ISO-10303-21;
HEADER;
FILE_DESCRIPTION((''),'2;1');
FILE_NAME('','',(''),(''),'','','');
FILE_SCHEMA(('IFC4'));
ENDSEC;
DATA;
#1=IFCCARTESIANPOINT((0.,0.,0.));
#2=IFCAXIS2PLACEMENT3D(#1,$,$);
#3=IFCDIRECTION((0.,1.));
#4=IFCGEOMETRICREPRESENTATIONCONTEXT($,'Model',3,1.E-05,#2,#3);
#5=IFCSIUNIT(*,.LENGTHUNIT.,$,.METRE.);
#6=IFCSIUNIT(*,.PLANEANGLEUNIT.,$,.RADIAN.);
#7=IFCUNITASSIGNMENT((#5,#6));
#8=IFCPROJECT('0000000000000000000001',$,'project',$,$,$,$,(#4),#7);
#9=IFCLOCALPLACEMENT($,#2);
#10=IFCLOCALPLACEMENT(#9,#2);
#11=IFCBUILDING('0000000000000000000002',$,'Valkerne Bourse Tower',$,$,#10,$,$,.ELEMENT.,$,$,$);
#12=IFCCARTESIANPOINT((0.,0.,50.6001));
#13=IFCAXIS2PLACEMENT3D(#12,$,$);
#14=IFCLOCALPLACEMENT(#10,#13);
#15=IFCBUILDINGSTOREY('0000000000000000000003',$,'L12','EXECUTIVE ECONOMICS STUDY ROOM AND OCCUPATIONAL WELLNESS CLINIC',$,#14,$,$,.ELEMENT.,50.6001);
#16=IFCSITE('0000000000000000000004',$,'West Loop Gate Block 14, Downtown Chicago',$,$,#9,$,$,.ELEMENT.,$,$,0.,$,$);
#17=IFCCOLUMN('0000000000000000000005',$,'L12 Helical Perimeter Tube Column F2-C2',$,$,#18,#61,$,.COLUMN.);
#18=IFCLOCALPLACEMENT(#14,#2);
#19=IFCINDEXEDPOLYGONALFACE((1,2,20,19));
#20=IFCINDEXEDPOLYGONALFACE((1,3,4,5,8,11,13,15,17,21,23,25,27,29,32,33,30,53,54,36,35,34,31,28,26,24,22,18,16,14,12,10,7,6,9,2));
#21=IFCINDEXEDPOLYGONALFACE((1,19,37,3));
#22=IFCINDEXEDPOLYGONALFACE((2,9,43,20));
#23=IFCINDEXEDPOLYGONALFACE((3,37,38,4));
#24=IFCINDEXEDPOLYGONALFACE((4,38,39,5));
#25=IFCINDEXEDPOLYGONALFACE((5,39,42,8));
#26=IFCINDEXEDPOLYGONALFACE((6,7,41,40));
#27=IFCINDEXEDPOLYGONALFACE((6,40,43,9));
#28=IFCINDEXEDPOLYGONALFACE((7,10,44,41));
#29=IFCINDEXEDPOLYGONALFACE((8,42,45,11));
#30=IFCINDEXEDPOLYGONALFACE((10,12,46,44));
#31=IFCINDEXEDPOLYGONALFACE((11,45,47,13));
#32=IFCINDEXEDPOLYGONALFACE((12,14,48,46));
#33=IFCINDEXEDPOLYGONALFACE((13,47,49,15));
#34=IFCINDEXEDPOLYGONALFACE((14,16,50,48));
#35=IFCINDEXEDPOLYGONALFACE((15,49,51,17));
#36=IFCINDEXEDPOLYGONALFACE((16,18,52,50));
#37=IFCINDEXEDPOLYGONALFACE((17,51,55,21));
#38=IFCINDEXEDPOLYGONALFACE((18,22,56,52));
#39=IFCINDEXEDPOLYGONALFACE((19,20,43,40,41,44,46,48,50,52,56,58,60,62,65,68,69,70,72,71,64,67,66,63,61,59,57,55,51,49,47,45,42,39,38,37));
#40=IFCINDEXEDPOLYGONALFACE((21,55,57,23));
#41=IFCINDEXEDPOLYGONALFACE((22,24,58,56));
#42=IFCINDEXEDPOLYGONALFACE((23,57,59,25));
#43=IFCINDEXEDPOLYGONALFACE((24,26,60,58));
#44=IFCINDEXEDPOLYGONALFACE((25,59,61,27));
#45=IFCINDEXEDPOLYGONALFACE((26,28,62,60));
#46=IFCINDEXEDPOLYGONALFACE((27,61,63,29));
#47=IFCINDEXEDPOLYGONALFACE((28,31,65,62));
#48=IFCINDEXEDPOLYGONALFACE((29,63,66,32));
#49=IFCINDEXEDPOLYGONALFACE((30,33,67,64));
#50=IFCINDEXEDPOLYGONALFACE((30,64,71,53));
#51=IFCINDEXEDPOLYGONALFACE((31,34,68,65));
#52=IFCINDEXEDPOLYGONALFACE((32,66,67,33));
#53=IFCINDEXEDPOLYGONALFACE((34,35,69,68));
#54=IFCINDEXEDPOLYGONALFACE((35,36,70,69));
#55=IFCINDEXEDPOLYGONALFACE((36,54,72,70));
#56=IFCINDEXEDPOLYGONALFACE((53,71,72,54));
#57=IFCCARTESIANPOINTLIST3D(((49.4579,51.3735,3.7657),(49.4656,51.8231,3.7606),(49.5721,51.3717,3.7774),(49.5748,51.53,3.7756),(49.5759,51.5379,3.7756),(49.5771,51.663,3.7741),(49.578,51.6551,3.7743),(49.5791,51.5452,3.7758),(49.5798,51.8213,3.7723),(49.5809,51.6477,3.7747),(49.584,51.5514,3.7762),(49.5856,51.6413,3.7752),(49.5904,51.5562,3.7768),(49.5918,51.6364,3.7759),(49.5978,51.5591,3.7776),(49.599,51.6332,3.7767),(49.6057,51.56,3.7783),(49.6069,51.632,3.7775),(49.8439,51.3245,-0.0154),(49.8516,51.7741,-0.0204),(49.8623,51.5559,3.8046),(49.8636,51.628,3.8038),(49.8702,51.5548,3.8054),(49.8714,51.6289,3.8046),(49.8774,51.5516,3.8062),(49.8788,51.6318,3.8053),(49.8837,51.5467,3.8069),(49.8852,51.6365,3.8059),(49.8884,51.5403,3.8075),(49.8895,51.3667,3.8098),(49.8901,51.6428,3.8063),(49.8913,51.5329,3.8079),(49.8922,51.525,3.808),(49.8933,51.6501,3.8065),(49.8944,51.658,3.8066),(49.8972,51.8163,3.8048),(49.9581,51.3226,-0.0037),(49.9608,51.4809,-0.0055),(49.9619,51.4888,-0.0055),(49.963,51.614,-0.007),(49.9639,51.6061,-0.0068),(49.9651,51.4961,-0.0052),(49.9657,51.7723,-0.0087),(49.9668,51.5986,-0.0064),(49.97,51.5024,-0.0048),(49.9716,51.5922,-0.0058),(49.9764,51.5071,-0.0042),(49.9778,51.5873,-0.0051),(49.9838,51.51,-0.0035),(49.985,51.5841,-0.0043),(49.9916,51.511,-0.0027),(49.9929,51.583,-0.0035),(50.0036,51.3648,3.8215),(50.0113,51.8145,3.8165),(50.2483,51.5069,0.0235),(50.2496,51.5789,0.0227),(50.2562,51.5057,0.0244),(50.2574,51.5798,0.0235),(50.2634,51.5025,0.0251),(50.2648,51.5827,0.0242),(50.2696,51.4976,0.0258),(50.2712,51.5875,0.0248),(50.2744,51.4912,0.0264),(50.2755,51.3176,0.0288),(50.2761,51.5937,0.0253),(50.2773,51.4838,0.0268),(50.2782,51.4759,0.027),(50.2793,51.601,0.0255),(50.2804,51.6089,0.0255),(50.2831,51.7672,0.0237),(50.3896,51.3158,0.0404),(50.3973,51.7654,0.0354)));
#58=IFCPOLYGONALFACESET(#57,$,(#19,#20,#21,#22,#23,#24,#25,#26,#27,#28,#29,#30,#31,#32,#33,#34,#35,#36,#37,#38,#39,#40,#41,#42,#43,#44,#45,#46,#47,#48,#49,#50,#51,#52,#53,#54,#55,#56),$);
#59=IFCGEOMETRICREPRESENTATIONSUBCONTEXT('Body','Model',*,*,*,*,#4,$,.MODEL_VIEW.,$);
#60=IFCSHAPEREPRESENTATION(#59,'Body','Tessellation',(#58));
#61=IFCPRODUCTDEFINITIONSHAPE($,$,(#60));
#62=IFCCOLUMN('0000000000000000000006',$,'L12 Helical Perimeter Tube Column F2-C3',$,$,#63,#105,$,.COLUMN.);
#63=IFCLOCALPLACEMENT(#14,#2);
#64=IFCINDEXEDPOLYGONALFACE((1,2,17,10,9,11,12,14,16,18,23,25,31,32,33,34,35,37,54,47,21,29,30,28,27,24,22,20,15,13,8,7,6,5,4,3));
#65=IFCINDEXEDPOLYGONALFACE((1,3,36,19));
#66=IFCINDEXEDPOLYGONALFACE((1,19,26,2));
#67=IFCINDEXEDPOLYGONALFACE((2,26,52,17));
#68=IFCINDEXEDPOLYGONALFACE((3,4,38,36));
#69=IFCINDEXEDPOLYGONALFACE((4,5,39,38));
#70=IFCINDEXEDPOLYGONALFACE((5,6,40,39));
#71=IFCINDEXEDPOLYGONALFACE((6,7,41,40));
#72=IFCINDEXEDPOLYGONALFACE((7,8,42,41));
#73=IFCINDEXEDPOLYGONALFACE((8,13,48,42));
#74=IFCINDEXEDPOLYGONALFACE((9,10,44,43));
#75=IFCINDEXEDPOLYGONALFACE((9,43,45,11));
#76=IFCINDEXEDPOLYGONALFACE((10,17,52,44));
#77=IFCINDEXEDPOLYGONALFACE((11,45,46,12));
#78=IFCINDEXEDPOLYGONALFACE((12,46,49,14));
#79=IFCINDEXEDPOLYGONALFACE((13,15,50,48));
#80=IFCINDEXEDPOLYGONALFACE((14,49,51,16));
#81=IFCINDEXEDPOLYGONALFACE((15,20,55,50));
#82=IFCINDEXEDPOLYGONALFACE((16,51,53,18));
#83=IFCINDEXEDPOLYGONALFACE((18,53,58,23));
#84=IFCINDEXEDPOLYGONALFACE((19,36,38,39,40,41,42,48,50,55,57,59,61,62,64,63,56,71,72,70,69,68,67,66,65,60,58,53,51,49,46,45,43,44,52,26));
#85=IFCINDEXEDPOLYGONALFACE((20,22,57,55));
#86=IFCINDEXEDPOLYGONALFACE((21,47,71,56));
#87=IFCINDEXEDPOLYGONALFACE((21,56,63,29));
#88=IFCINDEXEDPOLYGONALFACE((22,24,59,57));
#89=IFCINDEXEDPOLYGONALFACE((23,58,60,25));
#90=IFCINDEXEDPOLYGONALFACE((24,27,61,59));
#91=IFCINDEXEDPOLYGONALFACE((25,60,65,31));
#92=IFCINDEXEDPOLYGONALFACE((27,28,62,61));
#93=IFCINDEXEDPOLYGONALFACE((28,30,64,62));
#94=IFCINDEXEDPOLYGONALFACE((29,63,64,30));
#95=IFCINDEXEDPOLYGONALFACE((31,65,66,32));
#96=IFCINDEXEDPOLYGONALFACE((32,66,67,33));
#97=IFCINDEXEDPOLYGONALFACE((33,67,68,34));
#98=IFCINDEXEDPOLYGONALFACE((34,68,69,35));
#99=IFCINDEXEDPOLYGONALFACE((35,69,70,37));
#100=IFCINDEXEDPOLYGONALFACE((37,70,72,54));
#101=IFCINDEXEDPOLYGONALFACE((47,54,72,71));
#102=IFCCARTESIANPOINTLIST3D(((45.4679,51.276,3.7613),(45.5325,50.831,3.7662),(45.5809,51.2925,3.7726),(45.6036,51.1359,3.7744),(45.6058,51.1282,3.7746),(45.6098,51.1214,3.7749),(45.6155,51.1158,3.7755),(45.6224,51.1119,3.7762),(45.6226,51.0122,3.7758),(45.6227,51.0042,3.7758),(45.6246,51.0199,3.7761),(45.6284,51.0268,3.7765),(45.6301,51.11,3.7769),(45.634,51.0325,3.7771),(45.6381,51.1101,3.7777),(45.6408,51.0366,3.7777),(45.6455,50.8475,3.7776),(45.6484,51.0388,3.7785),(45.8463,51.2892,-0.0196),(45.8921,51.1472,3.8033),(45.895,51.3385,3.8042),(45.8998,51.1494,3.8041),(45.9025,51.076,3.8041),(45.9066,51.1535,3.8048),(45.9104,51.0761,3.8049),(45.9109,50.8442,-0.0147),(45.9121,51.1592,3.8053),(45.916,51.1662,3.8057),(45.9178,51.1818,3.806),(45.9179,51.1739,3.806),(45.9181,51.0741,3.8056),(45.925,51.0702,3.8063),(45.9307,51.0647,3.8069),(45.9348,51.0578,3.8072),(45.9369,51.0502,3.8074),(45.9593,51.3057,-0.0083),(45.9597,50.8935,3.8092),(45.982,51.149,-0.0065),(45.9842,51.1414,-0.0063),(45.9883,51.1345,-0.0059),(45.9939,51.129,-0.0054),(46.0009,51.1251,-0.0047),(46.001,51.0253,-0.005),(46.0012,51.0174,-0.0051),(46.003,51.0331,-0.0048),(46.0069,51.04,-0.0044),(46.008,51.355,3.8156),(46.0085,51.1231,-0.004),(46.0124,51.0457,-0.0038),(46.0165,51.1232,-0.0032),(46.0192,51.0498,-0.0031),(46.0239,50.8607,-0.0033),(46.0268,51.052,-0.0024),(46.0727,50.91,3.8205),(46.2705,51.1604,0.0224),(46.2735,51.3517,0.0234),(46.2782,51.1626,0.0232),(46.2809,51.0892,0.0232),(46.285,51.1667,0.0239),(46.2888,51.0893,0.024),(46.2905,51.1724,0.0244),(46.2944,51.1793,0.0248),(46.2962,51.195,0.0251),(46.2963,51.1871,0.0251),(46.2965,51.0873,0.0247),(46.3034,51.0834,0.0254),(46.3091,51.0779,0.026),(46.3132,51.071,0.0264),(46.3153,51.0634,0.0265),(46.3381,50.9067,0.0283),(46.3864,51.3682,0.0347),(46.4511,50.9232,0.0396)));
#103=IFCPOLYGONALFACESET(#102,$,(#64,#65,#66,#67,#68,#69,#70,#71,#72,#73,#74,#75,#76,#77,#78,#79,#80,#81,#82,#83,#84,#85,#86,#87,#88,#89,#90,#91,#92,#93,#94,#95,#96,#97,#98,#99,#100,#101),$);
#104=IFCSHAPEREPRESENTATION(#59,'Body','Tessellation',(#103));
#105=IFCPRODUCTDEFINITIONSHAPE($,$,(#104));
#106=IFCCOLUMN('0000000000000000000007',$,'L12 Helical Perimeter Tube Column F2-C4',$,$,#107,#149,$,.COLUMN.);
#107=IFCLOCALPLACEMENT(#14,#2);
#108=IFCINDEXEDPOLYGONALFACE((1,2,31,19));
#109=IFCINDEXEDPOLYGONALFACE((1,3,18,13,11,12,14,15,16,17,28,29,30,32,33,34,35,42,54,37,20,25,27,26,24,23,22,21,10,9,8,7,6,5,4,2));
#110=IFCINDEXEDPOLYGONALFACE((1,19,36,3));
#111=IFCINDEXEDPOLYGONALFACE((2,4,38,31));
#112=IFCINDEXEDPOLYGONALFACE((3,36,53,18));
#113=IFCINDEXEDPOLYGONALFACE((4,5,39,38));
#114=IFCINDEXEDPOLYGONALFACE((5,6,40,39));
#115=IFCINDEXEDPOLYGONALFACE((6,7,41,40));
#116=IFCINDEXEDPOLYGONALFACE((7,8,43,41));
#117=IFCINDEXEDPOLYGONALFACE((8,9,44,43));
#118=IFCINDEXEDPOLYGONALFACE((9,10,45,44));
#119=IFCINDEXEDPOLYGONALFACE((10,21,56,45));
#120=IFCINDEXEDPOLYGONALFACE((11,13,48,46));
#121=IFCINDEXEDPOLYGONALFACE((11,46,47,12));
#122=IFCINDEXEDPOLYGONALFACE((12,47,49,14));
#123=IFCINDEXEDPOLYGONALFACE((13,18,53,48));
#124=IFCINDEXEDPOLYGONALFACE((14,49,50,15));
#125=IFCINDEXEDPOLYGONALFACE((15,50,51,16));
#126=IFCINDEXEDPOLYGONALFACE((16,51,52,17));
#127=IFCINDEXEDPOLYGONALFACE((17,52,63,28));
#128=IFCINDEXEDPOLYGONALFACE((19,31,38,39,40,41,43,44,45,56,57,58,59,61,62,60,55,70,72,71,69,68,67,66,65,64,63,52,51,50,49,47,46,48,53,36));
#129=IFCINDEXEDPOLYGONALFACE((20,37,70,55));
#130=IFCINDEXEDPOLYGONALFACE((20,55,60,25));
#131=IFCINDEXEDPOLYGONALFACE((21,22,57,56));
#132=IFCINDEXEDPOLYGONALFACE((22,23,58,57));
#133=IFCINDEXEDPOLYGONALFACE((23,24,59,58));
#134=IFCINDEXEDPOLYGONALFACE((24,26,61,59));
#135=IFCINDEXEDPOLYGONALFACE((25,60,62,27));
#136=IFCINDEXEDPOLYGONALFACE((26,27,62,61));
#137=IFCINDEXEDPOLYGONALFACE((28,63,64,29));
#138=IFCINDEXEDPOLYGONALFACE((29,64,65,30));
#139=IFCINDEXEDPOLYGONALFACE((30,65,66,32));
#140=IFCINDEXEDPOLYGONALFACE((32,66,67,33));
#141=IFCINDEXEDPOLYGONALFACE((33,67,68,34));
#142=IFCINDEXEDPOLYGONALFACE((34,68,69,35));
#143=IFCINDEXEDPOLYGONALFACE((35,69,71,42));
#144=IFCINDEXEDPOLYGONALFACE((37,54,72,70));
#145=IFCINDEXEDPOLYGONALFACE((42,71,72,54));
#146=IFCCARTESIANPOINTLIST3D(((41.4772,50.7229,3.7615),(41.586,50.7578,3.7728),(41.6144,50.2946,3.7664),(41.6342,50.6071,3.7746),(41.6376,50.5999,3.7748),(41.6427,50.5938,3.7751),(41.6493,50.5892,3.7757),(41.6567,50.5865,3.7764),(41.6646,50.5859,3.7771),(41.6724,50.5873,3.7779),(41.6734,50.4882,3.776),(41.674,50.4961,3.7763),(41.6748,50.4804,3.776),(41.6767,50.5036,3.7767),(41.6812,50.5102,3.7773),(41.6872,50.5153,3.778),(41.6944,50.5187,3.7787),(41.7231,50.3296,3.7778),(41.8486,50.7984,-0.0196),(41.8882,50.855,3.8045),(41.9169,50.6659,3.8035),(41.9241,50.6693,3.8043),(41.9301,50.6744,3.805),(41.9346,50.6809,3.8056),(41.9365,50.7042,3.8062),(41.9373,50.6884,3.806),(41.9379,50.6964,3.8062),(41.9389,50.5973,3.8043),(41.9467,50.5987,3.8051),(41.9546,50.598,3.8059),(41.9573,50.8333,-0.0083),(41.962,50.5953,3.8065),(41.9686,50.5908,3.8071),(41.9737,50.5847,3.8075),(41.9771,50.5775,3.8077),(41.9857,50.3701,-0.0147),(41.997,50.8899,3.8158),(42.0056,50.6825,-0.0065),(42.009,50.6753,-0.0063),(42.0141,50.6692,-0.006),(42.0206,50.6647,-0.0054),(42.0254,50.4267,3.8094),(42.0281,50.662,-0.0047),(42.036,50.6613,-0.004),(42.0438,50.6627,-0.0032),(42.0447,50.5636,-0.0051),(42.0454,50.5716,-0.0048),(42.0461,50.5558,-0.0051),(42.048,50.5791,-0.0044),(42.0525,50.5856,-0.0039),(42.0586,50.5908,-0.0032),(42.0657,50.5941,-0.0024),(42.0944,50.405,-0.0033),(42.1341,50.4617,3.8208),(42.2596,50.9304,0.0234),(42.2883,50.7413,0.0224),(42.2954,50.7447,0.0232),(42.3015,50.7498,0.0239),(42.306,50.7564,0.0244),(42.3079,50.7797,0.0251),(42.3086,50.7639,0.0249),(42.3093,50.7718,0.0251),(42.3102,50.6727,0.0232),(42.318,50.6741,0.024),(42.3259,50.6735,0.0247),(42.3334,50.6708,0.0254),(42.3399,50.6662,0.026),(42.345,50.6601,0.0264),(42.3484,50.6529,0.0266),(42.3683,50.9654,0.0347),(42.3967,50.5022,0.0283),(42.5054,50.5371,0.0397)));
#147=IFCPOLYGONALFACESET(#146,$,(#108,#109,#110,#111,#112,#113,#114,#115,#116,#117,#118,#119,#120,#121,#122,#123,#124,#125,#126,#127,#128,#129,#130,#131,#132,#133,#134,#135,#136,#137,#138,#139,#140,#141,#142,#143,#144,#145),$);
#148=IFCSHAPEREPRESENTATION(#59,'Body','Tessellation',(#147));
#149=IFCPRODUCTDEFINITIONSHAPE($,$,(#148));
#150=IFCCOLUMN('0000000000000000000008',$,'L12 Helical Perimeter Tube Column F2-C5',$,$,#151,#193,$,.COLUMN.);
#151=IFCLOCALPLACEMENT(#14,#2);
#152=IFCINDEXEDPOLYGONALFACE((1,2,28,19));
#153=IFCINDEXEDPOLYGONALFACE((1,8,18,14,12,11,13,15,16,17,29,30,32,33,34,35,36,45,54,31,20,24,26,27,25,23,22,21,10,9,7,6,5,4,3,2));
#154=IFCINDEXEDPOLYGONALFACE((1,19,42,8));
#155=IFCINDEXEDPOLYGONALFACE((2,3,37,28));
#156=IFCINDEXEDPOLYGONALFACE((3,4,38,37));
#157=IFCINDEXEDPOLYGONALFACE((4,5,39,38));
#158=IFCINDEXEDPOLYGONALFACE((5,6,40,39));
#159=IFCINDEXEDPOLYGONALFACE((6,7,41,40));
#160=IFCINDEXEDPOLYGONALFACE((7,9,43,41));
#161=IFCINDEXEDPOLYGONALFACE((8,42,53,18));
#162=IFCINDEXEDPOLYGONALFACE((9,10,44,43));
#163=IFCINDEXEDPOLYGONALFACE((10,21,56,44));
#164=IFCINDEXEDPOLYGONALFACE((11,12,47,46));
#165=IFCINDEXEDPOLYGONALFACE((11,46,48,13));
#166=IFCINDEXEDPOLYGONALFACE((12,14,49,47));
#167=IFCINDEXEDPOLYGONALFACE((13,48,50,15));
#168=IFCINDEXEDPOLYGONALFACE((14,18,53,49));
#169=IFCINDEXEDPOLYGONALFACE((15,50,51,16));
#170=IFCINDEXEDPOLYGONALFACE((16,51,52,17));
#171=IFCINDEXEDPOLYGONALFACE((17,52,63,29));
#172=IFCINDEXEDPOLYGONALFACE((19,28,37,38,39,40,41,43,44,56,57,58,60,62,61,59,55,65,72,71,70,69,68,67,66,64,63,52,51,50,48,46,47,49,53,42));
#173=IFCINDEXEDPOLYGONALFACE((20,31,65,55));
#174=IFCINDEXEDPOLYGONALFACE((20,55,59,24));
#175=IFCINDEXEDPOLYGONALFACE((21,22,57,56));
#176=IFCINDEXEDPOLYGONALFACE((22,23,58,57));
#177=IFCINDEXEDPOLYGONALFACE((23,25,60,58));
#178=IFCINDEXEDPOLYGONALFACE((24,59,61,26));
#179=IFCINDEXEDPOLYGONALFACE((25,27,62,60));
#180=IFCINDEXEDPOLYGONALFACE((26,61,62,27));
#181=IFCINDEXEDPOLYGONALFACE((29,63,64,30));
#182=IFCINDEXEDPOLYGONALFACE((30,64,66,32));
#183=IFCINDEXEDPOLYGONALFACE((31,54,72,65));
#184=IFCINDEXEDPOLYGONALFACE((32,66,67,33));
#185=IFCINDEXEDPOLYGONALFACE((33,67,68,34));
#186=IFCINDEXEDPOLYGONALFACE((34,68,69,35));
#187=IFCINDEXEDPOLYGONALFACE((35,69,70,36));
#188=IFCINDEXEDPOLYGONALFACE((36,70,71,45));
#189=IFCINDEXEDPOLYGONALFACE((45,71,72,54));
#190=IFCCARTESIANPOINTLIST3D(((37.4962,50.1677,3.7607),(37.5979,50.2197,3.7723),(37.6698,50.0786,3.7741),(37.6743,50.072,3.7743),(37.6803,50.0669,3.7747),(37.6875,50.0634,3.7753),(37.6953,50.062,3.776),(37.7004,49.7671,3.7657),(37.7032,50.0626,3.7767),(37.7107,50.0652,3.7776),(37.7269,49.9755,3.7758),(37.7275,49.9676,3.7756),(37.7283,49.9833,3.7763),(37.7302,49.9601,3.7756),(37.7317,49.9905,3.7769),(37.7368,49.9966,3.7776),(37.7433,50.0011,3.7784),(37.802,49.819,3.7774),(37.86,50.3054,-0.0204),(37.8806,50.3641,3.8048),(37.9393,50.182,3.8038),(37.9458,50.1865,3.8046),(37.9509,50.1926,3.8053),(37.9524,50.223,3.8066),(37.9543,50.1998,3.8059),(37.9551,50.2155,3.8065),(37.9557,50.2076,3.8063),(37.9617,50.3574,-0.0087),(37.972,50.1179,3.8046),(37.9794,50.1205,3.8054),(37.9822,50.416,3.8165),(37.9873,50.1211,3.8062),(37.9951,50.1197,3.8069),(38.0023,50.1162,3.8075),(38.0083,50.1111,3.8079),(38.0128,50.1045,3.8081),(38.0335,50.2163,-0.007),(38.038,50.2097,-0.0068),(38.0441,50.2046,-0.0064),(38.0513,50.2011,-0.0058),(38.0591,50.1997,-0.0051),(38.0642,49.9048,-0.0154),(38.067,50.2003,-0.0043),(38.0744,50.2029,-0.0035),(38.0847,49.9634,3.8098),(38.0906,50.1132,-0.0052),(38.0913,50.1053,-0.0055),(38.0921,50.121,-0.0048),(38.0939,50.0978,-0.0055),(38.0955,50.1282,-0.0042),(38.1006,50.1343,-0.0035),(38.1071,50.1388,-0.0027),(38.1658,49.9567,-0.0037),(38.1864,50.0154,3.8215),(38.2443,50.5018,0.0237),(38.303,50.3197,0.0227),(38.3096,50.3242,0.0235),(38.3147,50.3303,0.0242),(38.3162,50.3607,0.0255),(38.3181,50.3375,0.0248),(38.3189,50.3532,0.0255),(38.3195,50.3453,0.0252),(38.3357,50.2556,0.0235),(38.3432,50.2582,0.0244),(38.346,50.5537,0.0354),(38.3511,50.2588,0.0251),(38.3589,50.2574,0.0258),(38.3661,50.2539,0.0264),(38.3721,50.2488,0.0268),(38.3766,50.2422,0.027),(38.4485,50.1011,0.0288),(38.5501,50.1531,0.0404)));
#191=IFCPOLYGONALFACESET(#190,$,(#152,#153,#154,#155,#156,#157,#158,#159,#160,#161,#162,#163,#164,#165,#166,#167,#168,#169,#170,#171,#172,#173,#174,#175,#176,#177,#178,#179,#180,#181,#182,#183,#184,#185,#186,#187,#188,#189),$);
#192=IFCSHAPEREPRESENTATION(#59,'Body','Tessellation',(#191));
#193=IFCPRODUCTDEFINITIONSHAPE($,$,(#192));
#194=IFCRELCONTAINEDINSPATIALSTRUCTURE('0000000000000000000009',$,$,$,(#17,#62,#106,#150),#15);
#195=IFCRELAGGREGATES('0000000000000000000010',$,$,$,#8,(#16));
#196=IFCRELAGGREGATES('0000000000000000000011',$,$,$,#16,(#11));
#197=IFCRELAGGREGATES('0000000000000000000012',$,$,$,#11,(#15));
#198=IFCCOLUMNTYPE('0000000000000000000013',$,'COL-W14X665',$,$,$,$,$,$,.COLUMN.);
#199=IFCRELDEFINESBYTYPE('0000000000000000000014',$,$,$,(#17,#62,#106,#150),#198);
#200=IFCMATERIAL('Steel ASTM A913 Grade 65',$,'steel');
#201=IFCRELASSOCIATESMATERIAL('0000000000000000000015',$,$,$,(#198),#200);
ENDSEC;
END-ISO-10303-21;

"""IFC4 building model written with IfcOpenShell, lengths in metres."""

from ifc_helpers import new_model, si_unit, direction, frame, origin, origin_2d, place, context, subcontext, project, spatial, i_section, extrude, material, material_profile, profile_set, type_object, element, save


model = new_model("IFC4")

# Units and contexts
model_context = context("Model", 3, precision=1e-05, world=origin(), true_north=direction((0.0, 1.0)))
body_context = subcontext(model_context, "Body", "Model", "MODEL_VIEW")
ifc_project = project(units=[si_unit("LENGTHUNIT", "METRE"), si_unit("PLANEANGLEUNIT", "RADIAN")], contexts=[model_context])

# Site, building, storey
site_placement = place(None, origin())
site = spatial("IfcSite", under=ifc_project, at=site_placement, Name="West Loop Gate Block 14, Downtown Chicago", CompositionType="ELEMENT", RefElevation=0.0)
building_placement = place(site_placement, origin())
building = spatial("IfcBuilding", under=site, at=building_placement, Name="Valkerne Bourse Tower", CompositionType="ELEMENT")
storey_placement = place(building_placement, frame((0.0, 0.0, 50.6001)))
storey = spatial("IfcBuildingStorey", under=building, at=storey_placement, Name="L12", Description="EXECUTIVE ECONOMICS STUDY ROOM AND OCCUPATIONAL WELLNESS CLINIC", CompositionType="ELEMENT", Elevation=50.6001)

# Columns
ifc_material_1 = material(Name="Steel ASTM A913 Grade 65", Category="steel")
ifc_material_profile_1 = material_profile(ifc_material_1, i_section(OverallWidth=0.4497, OverallDepth=0.5486, WebThickness=0.072, FlangeThickness=0.1147, FilletRadius=0.0305, at=origin_2d()), Name="W14X665")
ifc_profile_set_1 = profile_set([ifc_material_profile_1], Name="Steel ASTM A913 Grade 65")
column_type = type_object("IfcColumnType", Name="COL-W14X665", PredefinedType="COLUMN", material=ifc_profile_set_1)
column_1_placement = place(storey_placement, frame((50.1206, 51.5449, 0.01), z_axis=(-0.101549, 0.01291, 0.994747), x_axis=(0.017072, 0.999791, -0.011233)))
element("IfcColumn", 1, at=column_1_placement, inside=storey, type_object=column_type, Name="L12 Helical Perimeter Tube Column F2-C2", PredefinedType="COLUMN", context=body_context, shape_type="SweptSolid", body=[
    extrude(i_section(OverallWidth=0.4497, OverallDepth=0.5486, WebThickness=0.072, FlangeThickness=0.1147, FilletRadius=0.0305, at=origin_2d()), origin(), (0.0, 0.0, 1.0), 3.801),
])
column_2_placement = place(storey_placement, frame((46.1487, 51.1062, 0.01), z_axis=(-0.099586, -0.003469, 0.995023), x_axis=(-0.143729, 0.989557, -0.010935)))
element("IfcColumn", 2, at=column_2_placement, inside=storey, type_object=column_type, Name="L12 Helical Perimeter Tube Column F2-C3", PredefinedType="COLUMN", context=body_context, shape_type="SweptSolid", body=[
    extrude(i_section(OverallWidth=0.4497, OverallDepth=0.5486, WebThickness=0.072, FlangeThickness=0.1147, FilletRadius=0.0305, at=origin_2d()), origin(), (0.0, 0.0, 1.0), 3.7998),
])
column_3_placement = place(storey_placement, frame((42.177, 50.6677, 0.01), z_axis=(-0.097722, -0.019853, 0.995016), x_axis=(-0.304888, 0.952325, -0.010942)))
element("IfcColumn", 3, at=column_3_placement, inside=storey, type_object=column_type, Name="L12 Helical Perimeter Tube Column F2-C4", PredefinedType="COLUMN", context=body_context, shape_type="SweptSolid", body=[
    extrude(i_section(OverallWidth=0.4497, OverallDepth=0.5486, WebThickness=0.072, FlangeThickness=0.1147, FilletRadius=0.0305, at=origin_2d()), origin(), (0.0, 0.0, 1.0), 3.8),
])
column_4_placement = place(storey_placement, frame((38.2051, 50.2292, 0.01), z_axis=(-0.095705, -0.036226, 0.99475), x_axis=(-0.453962, 0.89095, -0.011229)))
element("IfcColumn", 4, at=column_4_placement, inside=storey, type_object=column_type, Name="L12 Helical Perimeter Tube Column F2-C5", PredefinedType="COLUMN", context=body_context, shape_type="SweptSolid", body=[
    extrude(i_section(OverallWidth=0.4497, OverallDepth=0.5486, WebThickness=0.072, FlangeThickness=0.1147, FilletRadius=0.0305, at=origin_2d()), origin(), (0.0, 0.0, 1.0), 3.801),
])

save(model, "model.ifc")
